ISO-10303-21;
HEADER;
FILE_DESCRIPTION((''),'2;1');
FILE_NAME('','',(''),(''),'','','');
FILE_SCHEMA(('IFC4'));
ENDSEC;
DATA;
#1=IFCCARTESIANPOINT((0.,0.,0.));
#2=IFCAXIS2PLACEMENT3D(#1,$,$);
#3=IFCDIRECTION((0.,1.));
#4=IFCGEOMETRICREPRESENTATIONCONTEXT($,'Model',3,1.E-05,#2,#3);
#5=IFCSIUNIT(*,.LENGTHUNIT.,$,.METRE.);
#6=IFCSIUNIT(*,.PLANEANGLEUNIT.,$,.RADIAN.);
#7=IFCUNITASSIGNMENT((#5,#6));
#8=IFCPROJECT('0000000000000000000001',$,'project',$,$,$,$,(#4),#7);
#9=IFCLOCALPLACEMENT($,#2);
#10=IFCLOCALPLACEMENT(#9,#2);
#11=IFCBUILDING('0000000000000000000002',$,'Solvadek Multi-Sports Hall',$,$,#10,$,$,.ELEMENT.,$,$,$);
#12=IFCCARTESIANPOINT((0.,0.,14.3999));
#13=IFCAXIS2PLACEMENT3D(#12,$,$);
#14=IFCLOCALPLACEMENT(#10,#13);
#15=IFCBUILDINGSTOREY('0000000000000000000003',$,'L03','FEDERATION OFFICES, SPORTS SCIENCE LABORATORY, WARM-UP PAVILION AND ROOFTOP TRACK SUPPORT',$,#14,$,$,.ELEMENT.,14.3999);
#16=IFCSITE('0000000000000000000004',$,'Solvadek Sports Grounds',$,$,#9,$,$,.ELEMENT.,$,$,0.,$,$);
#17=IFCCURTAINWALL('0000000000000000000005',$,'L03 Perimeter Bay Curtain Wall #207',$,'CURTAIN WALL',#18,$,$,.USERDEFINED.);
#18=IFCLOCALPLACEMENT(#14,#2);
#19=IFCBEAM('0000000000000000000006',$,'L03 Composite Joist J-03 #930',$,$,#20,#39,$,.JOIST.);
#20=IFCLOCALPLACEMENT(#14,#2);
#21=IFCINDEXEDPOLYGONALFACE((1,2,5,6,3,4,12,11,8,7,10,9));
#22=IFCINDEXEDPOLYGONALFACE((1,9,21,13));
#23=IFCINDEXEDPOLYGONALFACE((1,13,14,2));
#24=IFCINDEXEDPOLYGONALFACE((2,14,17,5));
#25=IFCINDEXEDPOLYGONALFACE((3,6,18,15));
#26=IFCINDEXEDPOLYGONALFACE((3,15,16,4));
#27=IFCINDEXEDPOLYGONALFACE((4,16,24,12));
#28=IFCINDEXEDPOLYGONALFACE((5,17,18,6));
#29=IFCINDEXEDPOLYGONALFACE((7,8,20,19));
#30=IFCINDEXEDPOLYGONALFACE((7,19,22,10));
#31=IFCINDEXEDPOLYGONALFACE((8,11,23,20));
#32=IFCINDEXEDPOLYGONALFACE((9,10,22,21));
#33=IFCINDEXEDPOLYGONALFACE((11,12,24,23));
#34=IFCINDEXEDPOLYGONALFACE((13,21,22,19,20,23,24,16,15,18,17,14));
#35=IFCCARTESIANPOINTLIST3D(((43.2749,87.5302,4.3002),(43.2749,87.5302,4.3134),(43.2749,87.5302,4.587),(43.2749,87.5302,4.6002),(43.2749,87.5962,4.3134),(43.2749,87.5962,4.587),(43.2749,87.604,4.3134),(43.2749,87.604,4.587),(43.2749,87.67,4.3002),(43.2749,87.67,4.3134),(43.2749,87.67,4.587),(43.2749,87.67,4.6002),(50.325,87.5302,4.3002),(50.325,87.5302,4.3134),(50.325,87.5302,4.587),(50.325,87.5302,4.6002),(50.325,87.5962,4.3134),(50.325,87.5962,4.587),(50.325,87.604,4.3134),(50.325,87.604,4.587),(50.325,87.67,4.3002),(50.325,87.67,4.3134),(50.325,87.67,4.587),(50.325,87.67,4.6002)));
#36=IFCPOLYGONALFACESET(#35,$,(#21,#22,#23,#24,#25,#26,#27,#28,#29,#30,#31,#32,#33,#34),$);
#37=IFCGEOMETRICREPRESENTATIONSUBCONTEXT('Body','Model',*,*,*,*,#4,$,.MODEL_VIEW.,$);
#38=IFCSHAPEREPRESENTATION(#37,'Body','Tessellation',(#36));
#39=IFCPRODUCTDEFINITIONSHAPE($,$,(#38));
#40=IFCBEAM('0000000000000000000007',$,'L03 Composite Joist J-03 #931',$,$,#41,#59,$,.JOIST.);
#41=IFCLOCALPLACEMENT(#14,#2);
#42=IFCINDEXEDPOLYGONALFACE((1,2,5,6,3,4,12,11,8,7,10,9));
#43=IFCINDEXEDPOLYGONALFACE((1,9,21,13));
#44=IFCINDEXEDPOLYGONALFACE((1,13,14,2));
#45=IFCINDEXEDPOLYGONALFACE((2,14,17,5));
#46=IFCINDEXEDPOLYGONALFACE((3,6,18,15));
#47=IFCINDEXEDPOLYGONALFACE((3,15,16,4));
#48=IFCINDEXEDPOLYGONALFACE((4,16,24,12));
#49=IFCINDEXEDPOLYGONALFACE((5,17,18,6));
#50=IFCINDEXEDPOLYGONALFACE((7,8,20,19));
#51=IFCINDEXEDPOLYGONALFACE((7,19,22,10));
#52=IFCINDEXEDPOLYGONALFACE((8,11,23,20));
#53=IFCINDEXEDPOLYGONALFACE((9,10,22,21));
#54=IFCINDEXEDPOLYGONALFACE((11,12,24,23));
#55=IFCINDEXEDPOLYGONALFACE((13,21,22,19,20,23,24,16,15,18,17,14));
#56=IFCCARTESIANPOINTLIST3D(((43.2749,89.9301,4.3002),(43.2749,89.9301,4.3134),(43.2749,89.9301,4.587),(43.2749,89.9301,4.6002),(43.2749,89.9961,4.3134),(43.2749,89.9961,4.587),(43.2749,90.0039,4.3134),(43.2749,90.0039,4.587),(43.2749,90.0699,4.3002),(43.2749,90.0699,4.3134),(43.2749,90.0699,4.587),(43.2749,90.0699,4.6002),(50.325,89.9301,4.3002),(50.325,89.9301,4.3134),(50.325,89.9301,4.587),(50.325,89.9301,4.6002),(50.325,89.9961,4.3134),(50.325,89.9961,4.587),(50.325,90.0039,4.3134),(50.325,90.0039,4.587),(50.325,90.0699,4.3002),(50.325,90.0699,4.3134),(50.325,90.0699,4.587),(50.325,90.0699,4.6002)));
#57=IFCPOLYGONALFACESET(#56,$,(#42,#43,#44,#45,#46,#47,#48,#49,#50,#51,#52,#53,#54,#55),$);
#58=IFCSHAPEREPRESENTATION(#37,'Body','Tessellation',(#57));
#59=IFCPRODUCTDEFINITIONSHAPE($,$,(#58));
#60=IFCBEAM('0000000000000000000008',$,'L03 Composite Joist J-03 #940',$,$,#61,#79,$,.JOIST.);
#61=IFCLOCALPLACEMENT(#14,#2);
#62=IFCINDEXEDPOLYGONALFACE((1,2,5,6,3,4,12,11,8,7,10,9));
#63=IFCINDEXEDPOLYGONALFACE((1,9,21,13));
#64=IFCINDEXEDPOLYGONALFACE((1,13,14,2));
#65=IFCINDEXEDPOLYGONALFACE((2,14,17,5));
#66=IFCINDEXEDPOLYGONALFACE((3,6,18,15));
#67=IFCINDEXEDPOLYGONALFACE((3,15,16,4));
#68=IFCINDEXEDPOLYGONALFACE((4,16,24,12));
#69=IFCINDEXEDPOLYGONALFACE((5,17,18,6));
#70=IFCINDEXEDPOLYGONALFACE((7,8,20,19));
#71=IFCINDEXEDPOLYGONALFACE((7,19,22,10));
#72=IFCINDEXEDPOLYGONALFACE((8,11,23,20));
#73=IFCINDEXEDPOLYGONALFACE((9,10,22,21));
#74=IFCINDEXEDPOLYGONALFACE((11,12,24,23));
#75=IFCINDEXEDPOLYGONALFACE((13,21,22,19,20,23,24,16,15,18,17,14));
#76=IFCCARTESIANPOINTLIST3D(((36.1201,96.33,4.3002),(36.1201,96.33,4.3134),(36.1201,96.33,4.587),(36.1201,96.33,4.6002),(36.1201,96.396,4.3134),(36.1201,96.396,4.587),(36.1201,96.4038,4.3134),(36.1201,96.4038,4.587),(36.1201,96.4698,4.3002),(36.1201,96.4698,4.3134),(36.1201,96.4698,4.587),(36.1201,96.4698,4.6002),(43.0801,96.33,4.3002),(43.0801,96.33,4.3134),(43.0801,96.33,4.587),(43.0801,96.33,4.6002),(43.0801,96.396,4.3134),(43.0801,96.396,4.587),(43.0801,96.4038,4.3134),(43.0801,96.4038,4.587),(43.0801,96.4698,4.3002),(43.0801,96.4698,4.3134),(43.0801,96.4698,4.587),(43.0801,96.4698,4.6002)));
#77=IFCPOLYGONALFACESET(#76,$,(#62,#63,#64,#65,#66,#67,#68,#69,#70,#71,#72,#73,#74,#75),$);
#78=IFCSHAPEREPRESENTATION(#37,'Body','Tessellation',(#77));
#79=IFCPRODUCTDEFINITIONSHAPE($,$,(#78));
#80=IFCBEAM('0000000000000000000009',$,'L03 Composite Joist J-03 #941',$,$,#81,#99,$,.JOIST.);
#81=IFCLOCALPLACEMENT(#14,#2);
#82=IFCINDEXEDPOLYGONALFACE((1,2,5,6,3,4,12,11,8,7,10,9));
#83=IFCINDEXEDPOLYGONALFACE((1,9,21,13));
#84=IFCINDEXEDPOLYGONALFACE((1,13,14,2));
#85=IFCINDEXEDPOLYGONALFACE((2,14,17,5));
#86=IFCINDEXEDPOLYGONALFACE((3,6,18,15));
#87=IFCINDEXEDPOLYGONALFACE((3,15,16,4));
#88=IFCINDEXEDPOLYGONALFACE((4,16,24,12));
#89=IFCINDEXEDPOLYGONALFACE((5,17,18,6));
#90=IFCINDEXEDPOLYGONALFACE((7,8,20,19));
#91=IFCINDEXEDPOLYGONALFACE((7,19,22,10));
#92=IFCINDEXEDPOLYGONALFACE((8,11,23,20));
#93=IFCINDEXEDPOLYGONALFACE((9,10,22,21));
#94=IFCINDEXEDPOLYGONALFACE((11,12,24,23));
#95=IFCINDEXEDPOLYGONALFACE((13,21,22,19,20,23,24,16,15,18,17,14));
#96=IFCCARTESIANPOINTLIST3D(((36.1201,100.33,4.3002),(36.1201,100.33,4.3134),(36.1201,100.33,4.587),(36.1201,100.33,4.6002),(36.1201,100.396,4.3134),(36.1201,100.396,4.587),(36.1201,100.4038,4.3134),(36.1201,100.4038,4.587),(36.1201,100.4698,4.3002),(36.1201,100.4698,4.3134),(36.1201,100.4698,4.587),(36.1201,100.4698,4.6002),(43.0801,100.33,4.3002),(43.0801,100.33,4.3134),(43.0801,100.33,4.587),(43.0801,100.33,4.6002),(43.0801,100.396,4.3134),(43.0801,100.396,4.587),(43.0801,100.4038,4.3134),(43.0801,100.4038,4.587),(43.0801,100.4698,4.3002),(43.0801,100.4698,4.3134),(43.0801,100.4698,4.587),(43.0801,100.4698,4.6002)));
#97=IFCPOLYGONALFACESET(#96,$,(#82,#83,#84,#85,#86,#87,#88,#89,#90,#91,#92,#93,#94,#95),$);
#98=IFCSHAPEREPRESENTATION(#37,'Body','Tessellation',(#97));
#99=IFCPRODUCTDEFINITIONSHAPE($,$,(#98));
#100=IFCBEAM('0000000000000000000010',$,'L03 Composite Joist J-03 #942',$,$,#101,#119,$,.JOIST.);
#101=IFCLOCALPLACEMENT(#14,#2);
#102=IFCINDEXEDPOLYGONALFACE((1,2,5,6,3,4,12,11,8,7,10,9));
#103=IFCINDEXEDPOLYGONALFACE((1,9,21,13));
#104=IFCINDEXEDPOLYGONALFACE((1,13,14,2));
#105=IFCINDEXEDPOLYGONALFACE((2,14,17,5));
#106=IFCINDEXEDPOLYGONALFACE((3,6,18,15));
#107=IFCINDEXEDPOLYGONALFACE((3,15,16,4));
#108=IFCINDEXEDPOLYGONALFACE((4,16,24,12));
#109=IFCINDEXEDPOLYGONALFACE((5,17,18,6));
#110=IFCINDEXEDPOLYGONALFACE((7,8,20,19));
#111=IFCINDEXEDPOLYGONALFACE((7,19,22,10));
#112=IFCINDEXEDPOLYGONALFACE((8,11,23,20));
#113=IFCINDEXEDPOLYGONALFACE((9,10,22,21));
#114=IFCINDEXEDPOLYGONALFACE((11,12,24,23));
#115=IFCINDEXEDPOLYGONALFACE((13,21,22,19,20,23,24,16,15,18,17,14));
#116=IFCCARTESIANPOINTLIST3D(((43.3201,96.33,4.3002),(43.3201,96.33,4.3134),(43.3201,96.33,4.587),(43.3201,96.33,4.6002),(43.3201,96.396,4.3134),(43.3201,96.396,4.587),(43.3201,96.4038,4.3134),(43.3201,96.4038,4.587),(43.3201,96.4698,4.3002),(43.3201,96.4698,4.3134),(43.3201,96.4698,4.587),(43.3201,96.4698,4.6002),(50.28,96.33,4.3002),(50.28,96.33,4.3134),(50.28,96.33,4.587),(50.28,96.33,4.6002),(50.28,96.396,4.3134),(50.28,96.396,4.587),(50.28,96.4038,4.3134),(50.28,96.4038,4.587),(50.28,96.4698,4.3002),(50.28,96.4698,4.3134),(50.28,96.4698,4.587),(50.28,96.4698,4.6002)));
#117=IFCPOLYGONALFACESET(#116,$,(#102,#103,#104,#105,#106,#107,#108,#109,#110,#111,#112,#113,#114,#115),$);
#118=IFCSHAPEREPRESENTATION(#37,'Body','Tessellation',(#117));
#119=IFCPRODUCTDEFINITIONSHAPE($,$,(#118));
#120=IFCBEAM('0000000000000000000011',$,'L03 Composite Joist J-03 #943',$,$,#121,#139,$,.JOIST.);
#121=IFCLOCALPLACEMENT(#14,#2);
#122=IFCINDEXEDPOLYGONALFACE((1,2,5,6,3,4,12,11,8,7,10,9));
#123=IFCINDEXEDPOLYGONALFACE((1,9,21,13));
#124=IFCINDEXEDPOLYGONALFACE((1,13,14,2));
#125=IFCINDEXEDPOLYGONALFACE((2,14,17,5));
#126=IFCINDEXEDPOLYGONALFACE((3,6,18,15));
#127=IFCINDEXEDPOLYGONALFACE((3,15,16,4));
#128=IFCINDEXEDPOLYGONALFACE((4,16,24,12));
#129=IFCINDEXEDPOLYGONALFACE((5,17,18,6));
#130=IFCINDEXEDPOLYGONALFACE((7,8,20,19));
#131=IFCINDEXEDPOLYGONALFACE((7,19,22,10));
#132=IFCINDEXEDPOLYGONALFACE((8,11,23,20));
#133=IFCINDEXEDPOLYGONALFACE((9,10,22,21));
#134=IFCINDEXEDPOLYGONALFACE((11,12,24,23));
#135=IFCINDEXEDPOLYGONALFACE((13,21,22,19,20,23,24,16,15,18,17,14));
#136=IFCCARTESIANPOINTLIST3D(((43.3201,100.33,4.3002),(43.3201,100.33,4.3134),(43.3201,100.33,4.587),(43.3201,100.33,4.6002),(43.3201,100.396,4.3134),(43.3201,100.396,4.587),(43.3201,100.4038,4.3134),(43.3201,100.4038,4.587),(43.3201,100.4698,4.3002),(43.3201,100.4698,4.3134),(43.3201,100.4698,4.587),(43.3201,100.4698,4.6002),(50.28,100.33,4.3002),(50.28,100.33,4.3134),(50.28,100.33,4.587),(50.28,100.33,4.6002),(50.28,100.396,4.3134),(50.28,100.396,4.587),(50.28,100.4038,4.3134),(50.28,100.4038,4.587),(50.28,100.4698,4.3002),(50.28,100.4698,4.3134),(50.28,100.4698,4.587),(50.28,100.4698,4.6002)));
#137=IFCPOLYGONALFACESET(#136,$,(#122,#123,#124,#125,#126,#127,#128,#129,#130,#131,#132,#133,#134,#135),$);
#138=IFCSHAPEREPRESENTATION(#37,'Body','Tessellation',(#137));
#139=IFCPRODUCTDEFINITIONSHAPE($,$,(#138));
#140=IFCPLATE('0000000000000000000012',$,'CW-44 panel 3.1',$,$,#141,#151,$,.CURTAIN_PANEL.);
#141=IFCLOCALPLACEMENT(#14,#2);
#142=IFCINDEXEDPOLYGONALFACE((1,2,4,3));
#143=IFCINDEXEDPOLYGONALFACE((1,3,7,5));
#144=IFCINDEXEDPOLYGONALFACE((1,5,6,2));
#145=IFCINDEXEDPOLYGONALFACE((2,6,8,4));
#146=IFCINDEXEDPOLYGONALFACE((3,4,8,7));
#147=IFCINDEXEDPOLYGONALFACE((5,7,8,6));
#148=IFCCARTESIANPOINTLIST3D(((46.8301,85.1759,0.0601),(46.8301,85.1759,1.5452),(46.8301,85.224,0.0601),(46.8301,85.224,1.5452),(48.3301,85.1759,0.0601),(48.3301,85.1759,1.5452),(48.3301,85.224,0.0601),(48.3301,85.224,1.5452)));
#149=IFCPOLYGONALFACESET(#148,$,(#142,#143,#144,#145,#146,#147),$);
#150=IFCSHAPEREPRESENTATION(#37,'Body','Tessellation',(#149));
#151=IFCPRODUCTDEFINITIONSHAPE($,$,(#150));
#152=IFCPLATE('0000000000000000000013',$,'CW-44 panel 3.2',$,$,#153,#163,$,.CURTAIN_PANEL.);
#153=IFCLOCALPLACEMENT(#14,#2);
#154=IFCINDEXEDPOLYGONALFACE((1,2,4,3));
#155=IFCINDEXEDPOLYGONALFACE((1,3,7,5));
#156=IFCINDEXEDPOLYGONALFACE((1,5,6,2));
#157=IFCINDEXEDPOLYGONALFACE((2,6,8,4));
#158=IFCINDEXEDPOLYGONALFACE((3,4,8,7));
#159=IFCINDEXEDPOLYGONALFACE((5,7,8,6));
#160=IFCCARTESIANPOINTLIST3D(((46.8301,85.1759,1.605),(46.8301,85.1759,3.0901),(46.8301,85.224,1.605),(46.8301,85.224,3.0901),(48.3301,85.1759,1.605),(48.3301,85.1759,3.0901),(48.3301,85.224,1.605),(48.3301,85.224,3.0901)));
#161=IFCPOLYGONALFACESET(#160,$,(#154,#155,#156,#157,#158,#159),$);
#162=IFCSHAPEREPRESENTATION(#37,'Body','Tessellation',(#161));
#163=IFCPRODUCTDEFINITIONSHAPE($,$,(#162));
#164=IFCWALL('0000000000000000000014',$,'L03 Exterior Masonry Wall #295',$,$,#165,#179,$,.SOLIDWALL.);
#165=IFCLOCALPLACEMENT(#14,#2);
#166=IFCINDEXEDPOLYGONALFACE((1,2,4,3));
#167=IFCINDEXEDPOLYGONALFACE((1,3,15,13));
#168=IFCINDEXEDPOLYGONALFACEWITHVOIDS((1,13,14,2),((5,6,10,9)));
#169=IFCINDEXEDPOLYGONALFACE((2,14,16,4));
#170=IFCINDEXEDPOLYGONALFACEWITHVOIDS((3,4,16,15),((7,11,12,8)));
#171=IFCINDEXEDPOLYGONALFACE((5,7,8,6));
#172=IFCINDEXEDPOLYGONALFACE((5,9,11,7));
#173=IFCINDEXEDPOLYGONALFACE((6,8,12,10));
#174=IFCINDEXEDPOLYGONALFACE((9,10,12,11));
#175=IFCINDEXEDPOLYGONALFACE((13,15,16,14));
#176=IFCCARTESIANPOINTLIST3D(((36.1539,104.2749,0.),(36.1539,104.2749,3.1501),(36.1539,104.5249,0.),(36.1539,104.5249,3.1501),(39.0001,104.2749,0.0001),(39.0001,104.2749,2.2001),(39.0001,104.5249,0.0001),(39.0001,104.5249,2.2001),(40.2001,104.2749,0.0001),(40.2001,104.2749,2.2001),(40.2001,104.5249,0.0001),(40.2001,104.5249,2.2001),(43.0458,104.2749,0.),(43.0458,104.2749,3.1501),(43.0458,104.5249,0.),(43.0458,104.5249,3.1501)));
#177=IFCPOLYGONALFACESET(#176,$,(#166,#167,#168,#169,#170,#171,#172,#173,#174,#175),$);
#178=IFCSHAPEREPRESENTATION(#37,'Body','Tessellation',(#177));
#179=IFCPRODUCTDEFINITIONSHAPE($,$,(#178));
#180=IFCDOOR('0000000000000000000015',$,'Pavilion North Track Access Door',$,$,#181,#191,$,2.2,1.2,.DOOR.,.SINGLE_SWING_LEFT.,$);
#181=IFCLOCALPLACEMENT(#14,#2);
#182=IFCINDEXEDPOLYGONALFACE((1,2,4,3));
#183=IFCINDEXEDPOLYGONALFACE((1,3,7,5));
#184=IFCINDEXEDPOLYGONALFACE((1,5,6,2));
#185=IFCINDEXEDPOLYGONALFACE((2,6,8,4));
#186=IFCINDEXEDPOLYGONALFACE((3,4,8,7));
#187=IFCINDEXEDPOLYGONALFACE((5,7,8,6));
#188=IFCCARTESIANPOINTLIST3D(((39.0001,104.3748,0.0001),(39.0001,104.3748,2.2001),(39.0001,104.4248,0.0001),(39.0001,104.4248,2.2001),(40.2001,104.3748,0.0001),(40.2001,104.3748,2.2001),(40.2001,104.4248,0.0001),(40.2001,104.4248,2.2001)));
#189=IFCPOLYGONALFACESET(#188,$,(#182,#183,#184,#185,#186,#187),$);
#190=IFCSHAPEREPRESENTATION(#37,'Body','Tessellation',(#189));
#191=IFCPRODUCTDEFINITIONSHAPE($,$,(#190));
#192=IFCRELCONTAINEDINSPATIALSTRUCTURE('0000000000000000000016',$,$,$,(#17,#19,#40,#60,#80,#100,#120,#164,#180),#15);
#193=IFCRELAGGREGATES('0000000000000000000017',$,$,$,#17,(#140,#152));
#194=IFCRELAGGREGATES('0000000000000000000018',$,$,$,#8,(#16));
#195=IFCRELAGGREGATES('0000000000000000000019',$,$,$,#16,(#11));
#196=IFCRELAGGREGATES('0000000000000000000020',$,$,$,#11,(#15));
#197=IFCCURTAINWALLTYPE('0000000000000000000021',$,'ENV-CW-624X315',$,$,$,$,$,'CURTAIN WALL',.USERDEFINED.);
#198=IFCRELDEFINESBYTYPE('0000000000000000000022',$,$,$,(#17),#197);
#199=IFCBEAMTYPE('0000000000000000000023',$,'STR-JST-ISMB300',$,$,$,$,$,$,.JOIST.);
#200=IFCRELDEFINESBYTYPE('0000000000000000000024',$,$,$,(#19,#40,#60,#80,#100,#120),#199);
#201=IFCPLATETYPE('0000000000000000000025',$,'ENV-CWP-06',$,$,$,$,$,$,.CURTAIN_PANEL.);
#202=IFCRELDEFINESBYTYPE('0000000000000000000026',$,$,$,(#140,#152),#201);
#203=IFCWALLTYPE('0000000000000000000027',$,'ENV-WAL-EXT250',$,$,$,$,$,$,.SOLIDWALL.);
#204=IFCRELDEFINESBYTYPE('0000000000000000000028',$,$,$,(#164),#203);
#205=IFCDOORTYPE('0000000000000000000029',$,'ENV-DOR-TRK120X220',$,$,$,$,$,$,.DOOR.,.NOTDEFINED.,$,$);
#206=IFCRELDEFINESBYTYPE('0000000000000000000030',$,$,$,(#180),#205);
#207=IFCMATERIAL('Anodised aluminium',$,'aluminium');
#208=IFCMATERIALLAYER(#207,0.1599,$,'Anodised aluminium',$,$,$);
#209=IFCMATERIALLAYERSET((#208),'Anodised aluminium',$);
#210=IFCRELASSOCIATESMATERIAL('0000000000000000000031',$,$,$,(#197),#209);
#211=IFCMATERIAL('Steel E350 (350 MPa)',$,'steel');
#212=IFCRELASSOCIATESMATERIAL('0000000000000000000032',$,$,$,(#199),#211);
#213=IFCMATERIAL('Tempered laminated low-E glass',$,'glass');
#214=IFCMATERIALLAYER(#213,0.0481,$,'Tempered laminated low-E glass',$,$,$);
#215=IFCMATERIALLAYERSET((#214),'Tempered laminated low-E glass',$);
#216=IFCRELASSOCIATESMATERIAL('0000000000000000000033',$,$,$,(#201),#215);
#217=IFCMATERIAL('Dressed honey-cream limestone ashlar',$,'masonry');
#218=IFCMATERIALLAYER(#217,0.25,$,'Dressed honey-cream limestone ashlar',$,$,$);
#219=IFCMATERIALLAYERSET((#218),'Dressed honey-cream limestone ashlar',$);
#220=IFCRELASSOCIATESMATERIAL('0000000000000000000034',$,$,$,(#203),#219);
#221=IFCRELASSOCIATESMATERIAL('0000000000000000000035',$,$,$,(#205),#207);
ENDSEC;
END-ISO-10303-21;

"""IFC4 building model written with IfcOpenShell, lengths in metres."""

from ifc_helpers import new_model, si_unit, direction, frame, frame_2d, origin, origin_2d, place, context, subcontext, project, spatial, rectangle, i_section, extrude, material, layer, layer_set, material_profile, profile_set, type_object, element, fill, aggregate, save


model = new_model("IFC4")

# Units and contexts
model_context = context("Model", 3, precision=1e-05, world=origin(), true_north=direction((0.0, 1.0)))
body_context = subcontext(model_context, "Body", "Model", "MODEL_VIEW")
ifc_project = project(units=[si_unit("LENGTHUNIT", "METRE"), si_unit("PLANEANGLEUNIT", "RADIAN")], contexts=[model_context])

# Site, building, storey
site_placement = place(None, origin())
site = spatial("IfcSite", under=ifc_project, at=site_placement, Name="Solvadek Sports Grounds", CompositionType="ELEMENT", RefElevation=0.0)
building_placement = place(site_placement, origin())
building = spatial("IfcBuilding", under=site, at=building_placement, Name="Solvadek Multi-Sports Hall", CompositionType="ELEMENT")
storey_placement = place(building_placement, frame((0.0, 0.0, 14.3999)))
storey = spatial("IfcBuildingStorey", under=building, at=storey_placement, Name="L03", Description="FEDERATION OFFICES, SPORTS SCIENCE LABORATORY, WARM-UP PAVILION AND ROOFTOP TRACK SUPPORT", CompositionType="ELEMENT", Elevation=14.3999)

# Shared definitions
ifc_material_1 = material(Name="Steel E350 (350 MPa)", Category="steel")

# Curtain wall
ifc_material_2 = material(Name="Anodised aluminium", Category="aluminium")
ifc_layer_1 = layer(ifc_material_2, 0.1599, Name="Anodised aluminium")
ifc_layer_set_1 = layer_set([ifc_layer_1], Name="Anodised aluminium")
curtain_wall_type = type_object("IfcCurtainWallType", Name="ENV-CW-624X315", ElementType="CURTAIN WALL", PredefinedType="USERDEFINED", material=ifc_layer_set_1)
curtain_wall_placement = place(storey_placement, origin())
curtain_wall = element("IfcCurtainWall", 1, at=curtain_wall_placement, inside=storey, type_object=curtain_wall_type, Name="L03 Perimeter Bay Curtain Wall #207", ObjectType="CURTAIN WALL", PredefinedType="USERDEFINED")

# Beams
ifc_material_profile_1 = material_profile(ifc_material_1, i_section(OverallWidth=0.1399, OverallDepth=0.3, WebThickness=0.0078, FlangeThickness=0.0132, at=origin_2d()), Name="ISMB 300")
ifc_profile_set_1 = profile_set([ifc_material_profile_1], Name="Steel E350 (350 MPa)")
beam_type_1 = type_object("IfcBeamType", Name="STR-JST-ISMB300", PredefinedType="JOIST", material=ifc_profile_set_1)
for number, where, z_axis, x_axis, name in (
    (2, (43.2749, 87.6001, 4.4502), (1.0, 0.0, 0.0), (0.0, 1.0, 0.0), "L03 Composite Joist J-03 #930"),
    (3, (43.2749, 90.0, 4.4502), (1.0, 0.0, 0.0), (0.0, 1.0, 0.0), "L03 Composite Joist J-03 #931"),
):
    element("IfcBeam", number, at=place(storey_placement, frame(where, z_axis=z_axis, x_axis=x_axis)), inside=storey, type_object=beam_type_1, Name=name, PredefinedType="JOIST", context=body_context, shape_type="SweptSolid", body=[
        extrude(i_section(OverallWidth=0.1399, OverallDepth=0.3, WebThickness=0.0078, FlangeThickness=0.0132, at=origin_2d()), origin(), (0.0, 0.0, 1.0), 7.05),
    ])
for number, where, z_axis, x_axis, name in (
    (4, (36.1201, 96.3999, 4.4502), (1.0, 0.0, 0.0), (0.0, 1.0, 0.0), "L03 Composite Joist J-03 #940"),
    (5, (36.1201, 100.3999, 4.4502), (1.0, 0.0, 0.0), (0.0, 1.0, 0.0), "L03 Composite Joist J-03 #941"),
    (6, (43.3201, 96.3999, 4.4502), (1.0, 0.0, 0.0), (0.0, 1.0, 0.0), "L03 Composite Joist J-03 #942"),
    (7, (43.3201, 100.3999, 4.4502), (1.0, 0.0, 0.0), (0.0, 1.0, 0.0), "L03 Composite Joist J-03 #943"),
):
    element("IfcBeam", number, at=place(storey_placement, frame(where, z_axis=z_axis, x_axis=x_axis)), inside=storey, type_object=beam_type_1, Name=name, PredefinedType="JOIST", context=body_context, shape_type="SweptSolid", body=[
        extrude(i_section(OverallWidth=0.1399, OverallDepth=0.3, WebThickness=0.0078, FlangeThickness=0.0132, at=origin_2d()), origin(), (0.0, 0.0, 1.0), 6.96),
    ])

# Plates
ifc_material_3 = material(Name="Tempered laminated low-E glass", Category="glass")
ifc_layer_2 = layer(ifc_material_3, 0.0481, Name="Tempered laminated low-E glass")
ifc_layer_set_2 = layer_set([ifc_layer_2], Name="Tempered laminated low-E glass")
plate_type = type_object("IfcPlateType", Name="ENV-CWP-06", PredefinedType="CURTAIN_PANEL", material=ifc_layer_set_2)
plate_1_placement = place(storey_placement, frame((47.5801, 85.2, 0.0601), z_axis=(0.0, 0.0, 1.0), x_axis=(1.0, 0.0, 0.0)))
plate_1 = element("IfcPlate", 8, at=plate_1_placement, type_object=plate_type, Name="CW-44 panel 3.1", PredefinedType="CURTAIN_PANEL", context=body_context, shape_type="SweptSolid", body=[
    extrude(rectangle(XDim=1.5, YDim=0.0481, at=origin_2d()), origin(), (0.0, 0.0, 1.0), 1.4851),
])
plate_2_placement = place(storey_placement, frame((47.5801, 85.2, 1.605), z_axis=(0.0, 0.0, 1.0), x_axis=(1.0, 0.0, 0.0)))
plate_2 = element("IfcPlate", 9, at=plate_2_placement, type_object=plate_type, Name="CW-44 panel 3.2", PredefinedType="CURTAIN_PANEL", context=body_context, shape_type="SweptSolid", body=[
    extrude(rectangle(XDim=1.5, YDim=0.0481, at=origin_2d()), origin(), (0.0, 0.0, 1.0), 1.4851),
])
aggregate(curtain_wall, [plate_1, plate_2])

# Wall, opening, door
ifc_material_4 = material(Name="Dressed honey-cream limestone ashlar", Category="masonry")
ifc_layer_3 = layer(ifc_material_4, 0.25, Name="Dressed honey-cream limestone ashlar")
ifc_layer_set_3 = layer_set([ifc_layer_3], Name="Dressed honey-cream limestone ashlar")
wall_type_1 = type_object("IfcWallType", Name="ENV-WAL-EXT250", PredefinedType="SOLIDWALL", material=ifc_layer_set_3)
wall_1_placement = place(storey_placement, frame((36.1541, 104.3999, 0.0), z_axis=(0.0, 0.0, 1.0), x_axis=(1.0, 0.0, 0.0)))
wall_1 = element("IfcWall", 10, at=wall_1_placement, inside=storey, type_object=wall_type_1, Name="L03 Exterior Masonry Wall #295", PredefinedType="SOLIDWALL", context=body_context, shape_type="SweptSolid", body=[
    extrude(rectangle(XDim=6.8918, YDim=0.25, at=frame_2d((3.4458, 0.0))), origin(), (0.0, 0.0, 1.0), 3.1501),
])
opening_1_placement = place(wall_1_placement, frame((2.8459, 0.0, 0.0)))
opening_1 = element("IfcOpeningElement", 11, at=opening_1_placement, cuts=wall_1, PredefinedType="OPENING", context=body_context, shape_type="SweptSolid", body=[
    extrude(rectangle(XDim=1.2, YDim=2.2, at=frame_2d((0.6001, 1.1001))), frame((0.0, 0.135, 0.0), z_axis=(0.0, -1.0, 0.0), x_axis=(1.0, 0.0, 0.0)), (0.0, 0.0, 1.0), 0.27),
])
door_type_1 = type_object("IfcDoorType", Name="ENV-DOR-TRK120X220", OperationType="NOTDEFINED", PredefinedType="DOOR", material=ifc_material_2)
door_1_placement = place(opening_1_placement, origin())
door_1 = element("IfcDoor", 12, at=door_1_placement, inside=storey, type_object=door_type_1, Name="Pavilion North Track Access Door", OperationType="SINGLE_SWING_LEFT", OverallHeight=2.2, OverallWidth=1.2, PredefinedType="DOOR", context=body_context, shape_type="SweptSolid", body=[
    extrude(rectangle(XDim=1.2, YDim=2.2, at=frame_2d((0.6001, 1.1001))), frame((0.0, 0.0249, 0.0), z_axis=(0.0, -1.0, 0.0), x_axis=(1.0, 0.0, 0.0)), (0.0, 0.0, 1.0), 0.05),
])
fill(opening_1, door_1)

save(model, "model.ifc")
